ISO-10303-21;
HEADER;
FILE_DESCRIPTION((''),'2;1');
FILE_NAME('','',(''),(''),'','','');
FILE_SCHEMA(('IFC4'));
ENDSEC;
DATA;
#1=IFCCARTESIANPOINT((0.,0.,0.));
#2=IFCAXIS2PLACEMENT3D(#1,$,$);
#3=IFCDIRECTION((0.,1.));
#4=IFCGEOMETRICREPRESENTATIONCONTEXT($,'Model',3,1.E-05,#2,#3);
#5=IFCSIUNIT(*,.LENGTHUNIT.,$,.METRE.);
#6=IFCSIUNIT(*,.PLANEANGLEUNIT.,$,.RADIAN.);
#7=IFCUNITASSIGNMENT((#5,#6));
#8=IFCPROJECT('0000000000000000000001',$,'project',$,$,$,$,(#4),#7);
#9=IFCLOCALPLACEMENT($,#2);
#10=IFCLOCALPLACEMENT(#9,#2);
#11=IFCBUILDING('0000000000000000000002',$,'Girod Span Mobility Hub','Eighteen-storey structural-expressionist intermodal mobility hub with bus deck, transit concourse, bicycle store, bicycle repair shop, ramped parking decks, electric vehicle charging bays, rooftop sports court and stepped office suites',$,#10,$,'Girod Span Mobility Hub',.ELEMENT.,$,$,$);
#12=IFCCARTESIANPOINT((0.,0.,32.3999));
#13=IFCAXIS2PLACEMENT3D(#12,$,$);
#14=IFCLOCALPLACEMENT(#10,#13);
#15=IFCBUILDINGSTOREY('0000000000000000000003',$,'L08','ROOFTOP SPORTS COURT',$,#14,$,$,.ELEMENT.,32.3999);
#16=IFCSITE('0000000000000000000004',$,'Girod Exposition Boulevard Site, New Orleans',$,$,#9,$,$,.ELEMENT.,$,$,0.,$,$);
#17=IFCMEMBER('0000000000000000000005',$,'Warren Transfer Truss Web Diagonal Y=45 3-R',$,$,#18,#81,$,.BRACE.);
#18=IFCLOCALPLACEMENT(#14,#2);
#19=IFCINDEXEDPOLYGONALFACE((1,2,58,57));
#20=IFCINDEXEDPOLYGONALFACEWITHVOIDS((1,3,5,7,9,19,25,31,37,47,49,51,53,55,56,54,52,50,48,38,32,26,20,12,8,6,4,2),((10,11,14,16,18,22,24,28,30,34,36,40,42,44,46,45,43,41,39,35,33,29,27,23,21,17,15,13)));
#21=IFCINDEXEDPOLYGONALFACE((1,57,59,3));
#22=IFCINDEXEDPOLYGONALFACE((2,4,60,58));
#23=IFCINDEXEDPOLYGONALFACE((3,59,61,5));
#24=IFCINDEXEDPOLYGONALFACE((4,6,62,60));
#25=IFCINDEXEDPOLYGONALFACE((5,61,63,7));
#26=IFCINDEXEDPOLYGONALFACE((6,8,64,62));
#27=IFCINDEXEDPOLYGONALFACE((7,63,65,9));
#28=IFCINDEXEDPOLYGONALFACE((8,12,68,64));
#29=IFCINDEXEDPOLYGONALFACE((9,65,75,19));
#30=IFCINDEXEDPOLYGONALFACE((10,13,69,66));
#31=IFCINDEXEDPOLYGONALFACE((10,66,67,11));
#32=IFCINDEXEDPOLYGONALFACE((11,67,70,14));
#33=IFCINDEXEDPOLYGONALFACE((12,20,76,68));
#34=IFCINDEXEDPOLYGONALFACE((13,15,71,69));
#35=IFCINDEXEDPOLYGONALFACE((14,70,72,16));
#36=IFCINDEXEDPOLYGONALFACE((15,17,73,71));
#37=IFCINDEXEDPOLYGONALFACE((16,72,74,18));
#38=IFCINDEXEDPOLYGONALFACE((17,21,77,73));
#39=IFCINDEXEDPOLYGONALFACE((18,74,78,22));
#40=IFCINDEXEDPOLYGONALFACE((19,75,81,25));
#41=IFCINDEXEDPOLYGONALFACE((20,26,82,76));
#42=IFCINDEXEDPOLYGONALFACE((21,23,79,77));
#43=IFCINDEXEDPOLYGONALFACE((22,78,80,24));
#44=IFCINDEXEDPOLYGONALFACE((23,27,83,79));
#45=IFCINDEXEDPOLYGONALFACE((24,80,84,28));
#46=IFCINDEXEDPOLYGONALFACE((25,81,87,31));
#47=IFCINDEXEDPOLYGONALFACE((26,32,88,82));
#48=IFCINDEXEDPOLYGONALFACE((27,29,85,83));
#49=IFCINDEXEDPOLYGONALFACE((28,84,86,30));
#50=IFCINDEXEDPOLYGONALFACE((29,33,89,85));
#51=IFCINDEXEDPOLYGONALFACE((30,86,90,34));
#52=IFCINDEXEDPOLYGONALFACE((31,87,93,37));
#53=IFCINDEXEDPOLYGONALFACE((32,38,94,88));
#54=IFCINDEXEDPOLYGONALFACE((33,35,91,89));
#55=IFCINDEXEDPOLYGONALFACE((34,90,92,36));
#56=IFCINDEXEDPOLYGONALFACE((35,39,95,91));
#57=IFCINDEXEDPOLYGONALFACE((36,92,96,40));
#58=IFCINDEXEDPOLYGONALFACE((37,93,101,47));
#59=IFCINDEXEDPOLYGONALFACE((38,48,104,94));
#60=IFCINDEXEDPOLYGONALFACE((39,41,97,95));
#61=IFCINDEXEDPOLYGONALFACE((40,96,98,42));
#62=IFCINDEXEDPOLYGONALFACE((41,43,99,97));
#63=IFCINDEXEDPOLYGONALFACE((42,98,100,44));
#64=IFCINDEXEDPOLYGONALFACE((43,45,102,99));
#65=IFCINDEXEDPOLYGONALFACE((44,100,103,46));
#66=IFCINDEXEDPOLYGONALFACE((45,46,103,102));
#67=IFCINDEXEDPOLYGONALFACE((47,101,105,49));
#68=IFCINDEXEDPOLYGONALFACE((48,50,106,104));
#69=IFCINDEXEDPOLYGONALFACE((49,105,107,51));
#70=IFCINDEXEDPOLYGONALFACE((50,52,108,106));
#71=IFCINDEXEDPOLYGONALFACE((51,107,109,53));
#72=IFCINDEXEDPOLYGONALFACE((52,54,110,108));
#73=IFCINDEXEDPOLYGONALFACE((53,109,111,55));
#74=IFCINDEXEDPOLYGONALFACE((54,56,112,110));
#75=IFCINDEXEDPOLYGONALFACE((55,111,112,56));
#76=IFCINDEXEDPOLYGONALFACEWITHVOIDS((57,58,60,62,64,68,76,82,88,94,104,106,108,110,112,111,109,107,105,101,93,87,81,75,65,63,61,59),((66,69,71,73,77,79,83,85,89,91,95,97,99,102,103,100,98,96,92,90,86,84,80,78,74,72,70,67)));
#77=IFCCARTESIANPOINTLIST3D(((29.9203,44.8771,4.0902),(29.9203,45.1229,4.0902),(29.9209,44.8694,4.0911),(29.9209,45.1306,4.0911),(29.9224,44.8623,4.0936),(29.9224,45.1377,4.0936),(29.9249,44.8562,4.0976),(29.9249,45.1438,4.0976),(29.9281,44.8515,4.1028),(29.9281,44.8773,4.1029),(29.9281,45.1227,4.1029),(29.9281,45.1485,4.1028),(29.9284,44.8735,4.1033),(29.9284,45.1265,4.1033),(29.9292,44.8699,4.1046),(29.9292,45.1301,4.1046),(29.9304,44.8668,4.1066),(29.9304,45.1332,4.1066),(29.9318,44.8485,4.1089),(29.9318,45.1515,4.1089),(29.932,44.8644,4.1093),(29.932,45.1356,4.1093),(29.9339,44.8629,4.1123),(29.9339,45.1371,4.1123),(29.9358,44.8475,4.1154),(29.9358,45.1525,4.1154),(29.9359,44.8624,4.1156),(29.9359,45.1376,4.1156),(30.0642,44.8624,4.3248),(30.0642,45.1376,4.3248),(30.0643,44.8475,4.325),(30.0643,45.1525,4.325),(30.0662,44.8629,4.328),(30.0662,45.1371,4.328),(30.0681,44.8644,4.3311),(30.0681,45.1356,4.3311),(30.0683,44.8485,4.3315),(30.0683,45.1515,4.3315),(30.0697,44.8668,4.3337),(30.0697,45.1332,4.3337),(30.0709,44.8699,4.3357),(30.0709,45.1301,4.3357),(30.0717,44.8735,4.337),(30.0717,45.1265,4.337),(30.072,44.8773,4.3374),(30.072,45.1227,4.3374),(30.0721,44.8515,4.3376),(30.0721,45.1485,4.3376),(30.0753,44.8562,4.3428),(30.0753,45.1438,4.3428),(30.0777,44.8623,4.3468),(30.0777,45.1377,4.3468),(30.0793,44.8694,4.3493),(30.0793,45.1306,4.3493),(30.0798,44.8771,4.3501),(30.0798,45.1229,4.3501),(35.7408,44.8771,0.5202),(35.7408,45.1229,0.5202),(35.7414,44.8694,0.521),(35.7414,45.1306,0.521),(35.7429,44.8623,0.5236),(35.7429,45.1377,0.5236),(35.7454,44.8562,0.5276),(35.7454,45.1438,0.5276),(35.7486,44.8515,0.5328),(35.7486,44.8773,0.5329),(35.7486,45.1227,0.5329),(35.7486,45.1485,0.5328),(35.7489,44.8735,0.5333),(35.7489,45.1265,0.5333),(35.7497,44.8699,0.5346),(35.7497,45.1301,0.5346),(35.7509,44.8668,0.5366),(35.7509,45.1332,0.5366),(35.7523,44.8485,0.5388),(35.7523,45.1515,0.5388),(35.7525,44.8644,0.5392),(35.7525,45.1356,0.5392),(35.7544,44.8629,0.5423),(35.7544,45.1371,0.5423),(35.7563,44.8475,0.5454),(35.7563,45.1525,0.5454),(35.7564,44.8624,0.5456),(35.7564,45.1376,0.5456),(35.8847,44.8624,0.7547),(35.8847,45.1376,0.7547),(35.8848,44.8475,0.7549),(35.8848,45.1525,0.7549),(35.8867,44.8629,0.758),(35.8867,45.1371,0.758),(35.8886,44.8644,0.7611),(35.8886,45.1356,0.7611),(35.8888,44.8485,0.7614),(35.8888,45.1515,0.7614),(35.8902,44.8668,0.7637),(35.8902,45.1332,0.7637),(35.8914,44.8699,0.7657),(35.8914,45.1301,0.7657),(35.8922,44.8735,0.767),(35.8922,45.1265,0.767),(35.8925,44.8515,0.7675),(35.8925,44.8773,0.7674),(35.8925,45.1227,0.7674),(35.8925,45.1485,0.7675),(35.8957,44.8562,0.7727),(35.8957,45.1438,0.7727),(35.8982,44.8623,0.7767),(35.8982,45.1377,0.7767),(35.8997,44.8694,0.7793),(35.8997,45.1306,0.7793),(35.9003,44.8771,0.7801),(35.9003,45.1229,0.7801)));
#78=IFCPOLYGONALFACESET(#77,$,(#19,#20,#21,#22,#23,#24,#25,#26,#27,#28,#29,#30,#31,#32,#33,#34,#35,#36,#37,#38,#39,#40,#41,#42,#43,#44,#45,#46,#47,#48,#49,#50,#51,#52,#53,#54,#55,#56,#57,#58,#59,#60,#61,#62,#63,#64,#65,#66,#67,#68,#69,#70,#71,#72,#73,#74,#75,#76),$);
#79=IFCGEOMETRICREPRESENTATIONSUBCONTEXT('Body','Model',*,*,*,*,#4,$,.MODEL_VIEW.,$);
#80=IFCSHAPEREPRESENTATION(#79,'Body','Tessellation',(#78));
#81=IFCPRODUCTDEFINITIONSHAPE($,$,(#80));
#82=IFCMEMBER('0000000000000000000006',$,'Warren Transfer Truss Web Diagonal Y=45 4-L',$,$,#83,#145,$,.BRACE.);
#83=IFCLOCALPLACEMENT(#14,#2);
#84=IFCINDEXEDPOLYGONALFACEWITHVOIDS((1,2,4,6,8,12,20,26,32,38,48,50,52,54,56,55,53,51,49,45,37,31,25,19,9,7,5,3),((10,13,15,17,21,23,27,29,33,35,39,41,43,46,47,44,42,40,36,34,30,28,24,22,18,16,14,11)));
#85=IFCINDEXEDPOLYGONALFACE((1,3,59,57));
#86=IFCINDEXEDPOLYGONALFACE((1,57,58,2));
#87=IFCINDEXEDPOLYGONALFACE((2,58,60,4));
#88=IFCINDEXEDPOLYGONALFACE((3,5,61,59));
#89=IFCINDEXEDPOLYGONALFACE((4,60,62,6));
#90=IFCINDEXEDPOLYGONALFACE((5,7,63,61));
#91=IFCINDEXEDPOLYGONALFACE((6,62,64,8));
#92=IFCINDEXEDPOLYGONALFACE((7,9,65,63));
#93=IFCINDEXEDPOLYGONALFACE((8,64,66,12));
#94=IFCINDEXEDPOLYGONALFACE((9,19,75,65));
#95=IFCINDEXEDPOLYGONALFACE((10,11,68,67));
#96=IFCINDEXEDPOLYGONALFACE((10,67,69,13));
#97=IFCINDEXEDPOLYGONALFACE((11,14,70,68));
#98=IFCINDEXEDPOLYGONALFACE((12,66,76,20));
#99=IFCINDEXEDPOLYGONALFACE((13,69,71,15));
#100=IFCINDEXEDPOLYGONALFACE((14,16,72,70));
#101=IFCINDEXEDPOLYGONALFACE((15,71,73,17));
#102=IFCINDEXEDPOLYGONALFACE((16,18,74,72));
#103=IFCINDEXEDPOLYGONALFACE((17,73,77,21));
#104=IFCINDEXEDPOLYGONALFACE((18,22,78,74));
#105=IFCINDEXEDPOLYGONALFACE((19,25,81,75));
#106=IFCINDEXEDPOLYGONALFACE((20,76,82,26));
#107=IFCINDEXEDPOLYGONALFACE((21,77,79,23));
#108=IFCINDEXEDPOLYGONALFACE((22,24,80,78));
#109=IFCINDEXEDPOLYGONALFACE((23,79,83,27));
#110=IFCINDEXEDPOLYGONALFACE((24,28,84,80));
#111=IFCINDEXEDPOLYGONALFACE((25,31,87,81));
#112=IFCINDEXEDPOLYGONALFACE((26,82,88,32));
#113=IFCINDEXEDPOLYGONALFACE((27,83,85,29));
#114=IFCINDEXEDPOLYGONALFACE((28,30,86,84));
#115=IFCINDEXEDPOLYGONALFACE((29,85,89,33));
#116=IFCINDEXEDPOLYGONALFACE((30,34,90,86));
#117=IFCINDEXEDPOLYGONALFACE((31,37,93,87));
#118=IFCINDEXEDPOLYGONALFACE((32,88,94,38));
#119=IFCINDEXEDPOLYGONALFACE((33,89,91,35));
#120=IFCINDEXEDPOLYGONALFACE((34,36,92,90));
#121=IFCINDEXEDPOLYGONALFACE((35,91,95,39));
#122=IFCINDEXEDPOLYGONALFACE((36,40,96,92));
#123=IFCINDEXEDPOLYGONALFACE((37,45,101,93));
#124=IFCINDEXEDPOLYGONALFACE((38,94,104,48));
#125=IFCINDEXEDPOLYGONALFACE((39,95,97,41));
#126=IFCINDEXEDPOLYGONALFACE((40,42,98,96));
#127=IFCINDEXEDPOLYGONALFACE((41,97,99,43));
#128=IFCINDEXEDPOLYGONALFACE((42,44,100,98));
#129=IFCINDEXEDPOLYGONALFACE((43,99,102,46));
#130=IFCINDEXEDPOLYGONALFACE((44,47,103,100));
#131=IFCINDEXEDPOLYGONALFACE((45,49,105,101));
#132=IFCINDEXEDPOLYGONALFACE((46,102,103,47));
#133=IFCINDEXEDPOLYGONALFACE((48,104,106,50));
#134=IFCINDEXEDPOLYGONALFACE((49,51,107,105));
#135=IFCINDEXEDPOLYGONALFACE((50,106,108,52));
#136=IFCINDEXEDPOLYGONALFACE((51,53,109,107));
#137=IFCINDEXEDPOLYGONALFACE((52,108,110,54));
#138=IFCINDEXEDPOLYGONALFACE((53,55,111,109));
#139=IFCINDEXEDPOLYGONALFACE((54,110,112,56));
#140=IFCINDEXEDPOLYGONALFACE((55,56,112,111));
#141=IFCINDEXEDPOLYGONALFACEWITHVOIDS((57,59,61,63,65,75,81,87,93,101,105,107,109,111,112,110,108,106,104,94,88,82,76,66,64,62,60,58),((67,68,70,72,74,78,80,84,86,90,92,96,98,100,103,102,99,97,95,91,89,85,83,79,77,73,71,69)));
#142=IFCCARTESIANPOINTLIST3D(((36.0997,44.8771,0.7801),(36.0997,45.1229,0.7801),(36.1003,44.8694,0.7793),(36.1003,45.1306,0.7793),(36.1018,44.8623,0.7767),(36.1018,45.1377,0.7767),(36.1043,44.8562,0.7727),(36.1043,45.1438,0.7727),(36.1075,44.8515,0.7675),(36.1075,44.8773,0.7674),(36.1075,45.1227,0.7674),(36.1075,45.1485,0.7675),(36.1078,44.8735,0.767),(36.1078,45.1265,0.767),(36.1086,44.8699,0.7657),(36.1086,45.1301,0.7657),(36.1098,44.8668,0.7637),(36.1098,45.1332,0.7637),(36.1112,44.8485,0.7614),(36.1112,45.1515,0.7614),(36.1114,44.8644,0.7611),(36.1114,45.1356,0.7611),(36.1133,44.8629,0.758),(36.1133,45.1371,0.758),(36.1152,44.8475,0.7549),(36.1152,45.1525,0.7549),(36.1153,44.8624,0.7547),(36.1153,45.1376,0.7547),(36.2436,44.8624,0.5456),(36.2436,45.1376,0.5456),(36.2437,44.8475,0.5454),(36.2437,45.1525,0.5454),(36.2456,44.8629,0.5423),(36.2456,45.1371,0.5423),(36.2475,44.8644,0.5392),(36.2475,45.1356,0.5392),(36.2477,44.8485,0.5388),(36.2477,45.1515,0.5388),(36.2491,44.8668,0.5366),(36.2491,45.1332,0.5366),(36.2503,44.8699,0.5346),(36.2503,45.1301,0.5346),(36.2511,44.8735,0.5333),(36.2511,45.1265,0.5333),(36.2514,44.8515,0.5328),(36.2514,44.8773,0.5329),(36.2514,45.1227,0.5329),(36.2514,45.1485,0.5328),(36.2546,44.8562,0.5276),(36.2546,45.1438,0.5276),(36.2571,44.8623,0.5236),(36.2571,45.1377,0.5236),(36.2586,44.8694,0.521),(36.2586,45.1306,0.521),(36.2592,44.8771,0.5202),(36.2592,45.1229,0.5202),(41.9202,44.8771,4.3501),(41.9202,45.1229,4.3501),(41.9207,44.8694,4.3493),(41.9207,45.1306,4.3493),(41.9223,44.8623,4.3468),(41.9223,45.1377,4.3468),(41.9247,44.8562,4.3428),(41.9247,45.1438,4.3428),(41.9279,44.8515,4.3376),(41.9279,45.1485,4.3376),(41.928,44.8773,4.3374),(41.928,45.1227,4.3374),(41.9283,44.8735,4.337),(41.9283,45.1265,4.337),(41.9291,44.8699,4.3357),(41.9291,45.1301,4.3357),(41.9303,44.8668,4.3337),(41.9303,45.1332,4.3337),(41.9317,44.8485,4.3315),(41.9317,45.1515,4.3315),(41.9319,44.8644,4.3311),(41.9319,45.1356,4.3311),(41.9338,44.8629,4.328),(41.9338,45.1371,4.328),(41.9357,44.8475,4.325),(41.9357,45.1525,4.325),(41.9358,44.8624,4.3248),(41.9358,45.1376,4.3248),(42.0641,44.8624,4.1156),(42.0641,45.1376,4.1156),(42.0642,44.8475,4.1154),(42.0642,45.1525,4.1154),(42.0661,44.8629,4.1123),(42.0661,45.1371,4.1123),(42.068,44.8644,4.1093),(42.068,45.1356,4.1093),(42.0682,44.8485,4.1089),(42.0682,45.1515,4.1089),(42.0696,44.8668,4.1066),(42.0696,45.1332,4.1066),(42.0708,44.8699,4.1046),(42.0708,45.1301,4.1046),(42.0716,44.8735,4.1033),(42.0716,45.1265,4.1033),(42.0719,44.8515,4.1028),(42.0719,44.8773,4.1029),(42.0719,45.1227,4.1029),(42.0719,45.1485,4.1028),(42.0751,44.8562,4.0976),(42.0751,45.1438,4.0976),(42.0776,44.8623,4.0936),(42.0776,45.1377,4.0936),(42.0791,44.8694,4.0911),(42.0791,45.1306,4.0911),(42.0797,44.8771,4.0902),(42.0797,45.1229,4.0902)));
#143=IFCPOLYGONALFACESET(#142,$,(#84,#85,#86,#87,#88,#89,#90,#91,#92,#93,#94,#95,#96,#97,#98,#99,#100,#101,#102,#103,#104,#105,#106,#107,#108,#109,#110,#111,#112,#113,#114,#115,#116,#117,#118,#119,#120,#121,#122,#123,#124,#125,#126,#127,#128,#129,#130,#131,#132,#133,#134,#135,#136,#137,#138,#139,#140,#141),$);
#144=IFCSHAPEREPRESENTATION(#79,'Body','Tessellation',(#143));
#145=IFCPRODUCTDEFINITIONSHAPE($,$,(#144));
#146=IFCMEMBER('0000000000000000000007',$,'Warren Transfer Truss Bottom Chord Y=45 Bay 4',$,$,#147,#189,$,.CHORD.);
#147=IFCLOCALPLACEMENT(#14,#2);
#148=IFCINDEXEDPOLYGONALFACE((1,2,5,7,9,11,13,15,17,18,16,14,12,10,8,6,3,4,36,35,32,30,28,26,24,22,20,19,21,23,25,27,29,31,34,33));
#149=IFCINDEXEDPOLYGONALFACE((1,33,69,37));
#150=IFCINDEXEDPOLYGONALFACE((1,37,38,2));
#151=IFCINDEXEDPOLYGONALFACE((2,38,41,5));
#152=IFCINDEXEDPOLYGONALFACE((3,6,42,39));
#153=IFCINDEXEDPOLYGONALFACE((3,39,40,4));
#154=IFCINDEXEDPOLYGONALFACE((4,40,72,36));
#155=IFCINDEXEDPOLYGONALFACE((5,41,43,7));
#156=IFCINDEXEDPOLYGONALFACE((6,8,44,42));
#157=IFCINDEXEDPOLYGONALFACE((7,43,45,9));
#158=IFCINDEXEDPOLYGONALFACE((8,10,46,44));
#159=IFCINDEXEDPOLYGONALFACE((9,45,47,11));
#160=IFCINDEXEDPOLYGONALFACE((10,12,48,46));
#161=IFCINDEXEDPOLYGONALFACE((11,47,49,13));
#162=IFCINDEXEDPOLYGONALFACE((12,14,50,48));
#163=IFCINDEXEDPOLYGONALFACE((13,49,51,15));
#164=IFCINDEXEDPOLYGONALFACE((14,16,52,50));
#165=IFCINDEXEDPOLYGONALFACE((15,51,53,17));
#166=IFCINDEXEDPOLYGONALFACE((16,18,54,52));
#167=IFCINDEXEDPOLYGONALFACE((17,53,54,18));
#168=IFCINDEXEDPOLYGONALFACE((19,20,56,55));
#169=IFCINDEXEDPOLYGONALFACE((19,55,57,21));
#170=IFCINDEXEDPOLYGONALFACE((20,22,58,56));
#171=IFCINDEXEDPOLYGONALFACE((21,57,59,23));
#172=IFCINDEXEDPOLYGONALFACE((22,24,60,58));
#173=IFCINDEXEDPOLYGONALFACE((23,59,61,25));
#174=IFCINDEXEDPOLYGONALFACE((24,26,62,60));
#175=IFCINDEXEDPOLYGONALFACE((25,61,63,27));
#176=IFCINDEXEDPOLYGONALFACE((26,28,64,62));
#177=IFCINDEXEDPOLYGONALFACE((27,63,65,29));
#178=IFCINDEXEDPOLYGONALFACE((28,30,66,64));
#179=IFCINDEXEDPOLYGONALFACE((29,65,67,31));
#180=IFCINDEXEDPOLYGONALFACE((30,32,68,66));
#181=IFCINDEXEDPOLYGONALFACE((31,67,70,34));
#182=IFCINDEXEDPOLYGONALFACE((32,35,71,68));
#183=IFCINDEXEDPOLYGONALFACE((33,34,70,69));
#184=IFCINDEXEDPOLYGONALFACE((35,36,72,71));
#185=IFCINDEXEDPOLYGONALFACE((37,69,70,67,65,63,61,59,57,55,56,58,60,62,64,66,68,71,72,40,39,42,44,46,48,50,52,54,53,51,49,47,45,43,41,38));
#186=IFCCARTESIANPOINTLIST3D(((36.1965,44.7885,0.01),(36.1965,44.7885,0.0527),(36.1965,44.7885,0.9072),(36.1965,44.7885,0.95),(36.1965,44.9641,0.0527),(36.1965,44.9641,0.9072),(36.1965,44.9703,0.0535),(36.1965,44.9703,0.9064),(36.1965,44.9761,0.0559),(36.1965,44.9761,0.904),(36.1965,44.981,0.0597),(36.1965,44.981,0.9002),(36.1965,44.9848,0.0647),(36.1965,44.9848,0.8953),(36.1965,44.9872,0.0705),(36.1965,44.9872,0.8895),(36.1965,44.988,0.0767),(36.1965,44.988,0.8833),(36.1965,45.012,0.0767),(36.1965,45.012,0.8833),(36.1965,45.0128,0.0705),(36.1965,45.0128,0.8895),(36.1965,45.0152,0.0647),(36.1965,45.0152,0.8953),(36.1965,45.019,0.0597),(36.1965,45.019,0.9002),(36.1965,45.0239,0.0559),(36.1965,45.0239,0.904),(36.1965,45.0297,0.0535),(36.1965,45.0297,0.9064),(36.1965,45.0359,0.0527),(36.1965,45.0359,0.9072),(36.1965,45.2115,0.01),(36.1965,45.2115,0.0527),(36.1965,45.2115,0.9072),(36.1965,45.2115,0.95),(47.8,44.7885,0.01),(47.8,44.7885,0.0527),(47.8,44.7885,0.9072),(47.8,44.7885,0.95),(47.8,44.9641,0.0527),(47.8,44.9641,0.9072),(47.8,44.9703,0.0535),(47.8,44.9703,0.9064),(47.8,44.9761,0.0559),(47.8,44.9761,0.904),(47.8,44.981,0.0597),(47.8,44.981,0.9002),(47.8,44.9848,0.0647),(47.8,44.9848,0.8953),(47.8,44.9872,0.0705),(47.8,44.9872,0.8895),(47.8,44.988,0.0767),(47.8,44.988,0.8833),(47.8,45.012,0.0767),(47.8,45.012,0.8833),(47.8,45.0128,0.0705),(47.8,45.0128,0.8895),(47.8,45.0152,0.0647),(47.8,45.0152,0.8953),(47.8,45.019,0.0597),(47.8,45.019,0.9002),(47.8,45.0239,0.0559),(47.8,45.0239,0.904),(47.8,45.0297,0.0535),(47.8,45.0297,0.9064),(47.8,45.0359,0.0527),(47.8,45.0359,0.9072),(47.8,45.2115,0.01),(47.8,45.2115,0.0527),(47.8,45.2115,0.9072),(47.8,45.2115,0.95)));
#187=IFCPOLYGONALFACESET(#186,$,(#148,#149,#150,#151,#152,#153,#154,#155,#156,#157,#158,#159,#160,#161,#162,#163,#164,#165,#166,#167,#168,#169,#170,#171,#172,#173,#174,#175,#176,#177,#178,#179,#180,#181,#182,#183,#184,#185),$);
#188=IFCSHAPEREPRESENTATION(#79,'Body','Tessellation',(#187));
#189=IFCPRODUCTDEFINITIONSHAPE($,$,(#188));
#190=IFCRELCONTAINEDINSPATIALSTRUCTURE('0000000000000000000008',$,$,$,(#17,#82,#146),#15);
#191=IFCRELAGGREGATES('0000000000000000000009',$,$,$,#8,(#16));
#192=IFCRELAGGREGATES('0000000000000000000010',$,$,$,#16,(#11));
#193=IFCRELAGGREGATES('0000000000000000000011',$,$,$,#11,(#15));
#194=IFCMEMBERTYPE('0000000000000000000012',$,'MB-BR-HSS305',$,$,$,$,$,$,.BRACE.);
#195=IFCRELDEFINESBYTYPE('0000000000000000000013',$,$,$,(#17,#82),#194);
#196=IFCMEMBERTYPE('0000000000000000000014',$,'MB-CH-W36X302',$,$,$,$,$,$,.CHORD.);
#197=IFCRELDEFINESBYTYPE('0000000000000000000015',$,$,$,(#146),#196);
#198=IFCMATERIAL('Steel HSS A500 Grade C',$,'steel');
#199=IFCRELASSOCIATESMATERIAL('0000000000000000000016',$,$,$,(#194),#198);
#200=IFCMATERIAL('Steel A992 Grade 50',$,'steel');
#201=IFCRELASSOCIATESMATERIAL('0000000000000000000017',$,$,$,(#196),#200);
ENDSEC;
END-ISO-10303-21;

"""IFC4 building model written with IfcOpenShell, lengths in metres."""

from ifc_helpers import new_model, si_unit, direction, frame, origin, origin_2d, place, context, subcontext, project, spatial, hollow_rectangle, i_section, extrude, material, material_profile, profile_set, type_object, element, save


model = new_model("IFC4")

# Units and contexts
model_context = context("Model", 3, precision=1e-05, world=origin(), true_north=direction((0.0, 1.0)))
body_context = subcontext(model_context, "Body", "Model", "MODEL_VIEW")
ifc_project = project(units=[si_unit("LENGTHUNIT", "METRE"), si_unit("PLANEANGLEUNIT", "RADIAN")], contexts=[model_context])

# Site, building, storey
site_placement = place(None, origin())
site = spatial("IfcSite", under=ifc_project, at=site_placement, Name="Girod Exposition Boulevard Site, New Orleans", CompositionType="ELEMENT", RefElevation=0.0)
building_placement = place(site_placement, origin())
building = spatial("IfcBuilding", under=site, at=building_placement, Name="Girod Span Mobility Hub", Description="Eighteen-storey structural-expressionist intermodal mobility hub with bus deck, transit concourse, bicycle store, bicycle repair shop, ramped parking decks, electric vehicle charging bays, rooftop sports court and stepped office suites", LongName="Girod Span Mobility Hub", CompositionType="ELEMENT")
storey_placement = place(building_placement, frame((0.0, 0.0, 32.3999)))
storey = spatial("IfcBuildingStorey", under=building, at=storey_placement, Name="L08", Description="ROOFTOP SPORTS COURT", CompositionType="ELEMENT", Elevation=32.3999)

# Members
ifc_material_1 = material(Name="Steel HSS A500 Grade C", Category="steel")
ifc_material_profile_1 = material_profile(ifc_material_1, hollow_rectangle(XDim=0.3049, YDim=0.3049, WallThickness=0.0149, InnerFilletRadius=0.0149, OuterFilletRadius=0.0295, at=origin_2d()), Name="HSS305X305X16")
ifc_profile_set_1 = profile_set([ifc_material_profile_1], Name="Steel HSS A500 Grade C")
member_type_1 = type_object("IfcMemberType", Name="MB-BR-HSS305", PredefinedType="BRACE", material=ifc_profile_set_1)
for number, where, z_axis, x_axis, name in (
    (1, (35.8206, 45.0, 0.6501), (-0.85243, 0.0, 0.522842), (0.0, -1.0, 0.0), "Warren Transfer Truss Web Diagonal Y=45 3-R"),
    (2, (36.1794, 45.0, 0.6501), (0.85243, 0.0, 0.522842), (0.0, 1.0, 0.0), "Warren Transfer Truss Web Diagonal Y=45 4-L"),
):
    element("IfcMember", number, at=place(storey_placement, frame(where, z_axis=z_axis, x_axis=x_axis)), inside=storey, type_object=member_type_1, Name=name, PredefinedType="BRACE", context=body_context, shape_type="SweptSolid", body=[
        extrude(hollow_rectangle(XDim=0.3049, YDim=0.3049, WallThickness=0.0149, InnerFilletRadius=0.0149, OuterFilletRadius=0.0295, at=origin_2d()), origin(), (0.0, 0.0, 1.0), 6.8281),
    ])
ifc_material_2 = material(Name="Steel A992 Grade 50", Category="steel")
ifc_material_profile_2 = material_profile(ifc_material_2, i_section(OverallWidth=0.4231, OverallDepth=0.9399, WebThickness=0.0239, FlangeThickness=0.0427, FilletRadius=0.0239, at=origin_2d()), Name="W36X302")
ifc_profile_set_2 = profile_set([ifc_material_profile_2], Name="Steel A992 Grade 50")
member_type_2 = type_object("IfcMemberType", Name="MB-CH-W36X302", PredefinedType="CHORD", material=ifc_profile_set_2)
member_1_placement = place(storey_placement, frame((36.1965, 45.0, 0.48), z_axis=(1.0, 0.0, 0.0), x_axis=(0.0, 1.0, 0.0)))
element("IfcMember", 3, at=member_1_placement, inside=storey, type_object=member_type_2, Name="Warren Transfer Truss Bottom Chord Y=45 Bay 4", PredefinedType="CHORD", context=body_context, shape_type="SweptSolid", body=[
    extrude(i_section(OverallWidth=0.4231, OverallDepth=0.9399, WebThickness=0.0239, FlangeThickness=0.0427, FilletRadius=0.0239, at=origin_2d()), origin(), (0.0, 0.0, 1.0), 11.6035),
])

save(model, "model.ifc")
